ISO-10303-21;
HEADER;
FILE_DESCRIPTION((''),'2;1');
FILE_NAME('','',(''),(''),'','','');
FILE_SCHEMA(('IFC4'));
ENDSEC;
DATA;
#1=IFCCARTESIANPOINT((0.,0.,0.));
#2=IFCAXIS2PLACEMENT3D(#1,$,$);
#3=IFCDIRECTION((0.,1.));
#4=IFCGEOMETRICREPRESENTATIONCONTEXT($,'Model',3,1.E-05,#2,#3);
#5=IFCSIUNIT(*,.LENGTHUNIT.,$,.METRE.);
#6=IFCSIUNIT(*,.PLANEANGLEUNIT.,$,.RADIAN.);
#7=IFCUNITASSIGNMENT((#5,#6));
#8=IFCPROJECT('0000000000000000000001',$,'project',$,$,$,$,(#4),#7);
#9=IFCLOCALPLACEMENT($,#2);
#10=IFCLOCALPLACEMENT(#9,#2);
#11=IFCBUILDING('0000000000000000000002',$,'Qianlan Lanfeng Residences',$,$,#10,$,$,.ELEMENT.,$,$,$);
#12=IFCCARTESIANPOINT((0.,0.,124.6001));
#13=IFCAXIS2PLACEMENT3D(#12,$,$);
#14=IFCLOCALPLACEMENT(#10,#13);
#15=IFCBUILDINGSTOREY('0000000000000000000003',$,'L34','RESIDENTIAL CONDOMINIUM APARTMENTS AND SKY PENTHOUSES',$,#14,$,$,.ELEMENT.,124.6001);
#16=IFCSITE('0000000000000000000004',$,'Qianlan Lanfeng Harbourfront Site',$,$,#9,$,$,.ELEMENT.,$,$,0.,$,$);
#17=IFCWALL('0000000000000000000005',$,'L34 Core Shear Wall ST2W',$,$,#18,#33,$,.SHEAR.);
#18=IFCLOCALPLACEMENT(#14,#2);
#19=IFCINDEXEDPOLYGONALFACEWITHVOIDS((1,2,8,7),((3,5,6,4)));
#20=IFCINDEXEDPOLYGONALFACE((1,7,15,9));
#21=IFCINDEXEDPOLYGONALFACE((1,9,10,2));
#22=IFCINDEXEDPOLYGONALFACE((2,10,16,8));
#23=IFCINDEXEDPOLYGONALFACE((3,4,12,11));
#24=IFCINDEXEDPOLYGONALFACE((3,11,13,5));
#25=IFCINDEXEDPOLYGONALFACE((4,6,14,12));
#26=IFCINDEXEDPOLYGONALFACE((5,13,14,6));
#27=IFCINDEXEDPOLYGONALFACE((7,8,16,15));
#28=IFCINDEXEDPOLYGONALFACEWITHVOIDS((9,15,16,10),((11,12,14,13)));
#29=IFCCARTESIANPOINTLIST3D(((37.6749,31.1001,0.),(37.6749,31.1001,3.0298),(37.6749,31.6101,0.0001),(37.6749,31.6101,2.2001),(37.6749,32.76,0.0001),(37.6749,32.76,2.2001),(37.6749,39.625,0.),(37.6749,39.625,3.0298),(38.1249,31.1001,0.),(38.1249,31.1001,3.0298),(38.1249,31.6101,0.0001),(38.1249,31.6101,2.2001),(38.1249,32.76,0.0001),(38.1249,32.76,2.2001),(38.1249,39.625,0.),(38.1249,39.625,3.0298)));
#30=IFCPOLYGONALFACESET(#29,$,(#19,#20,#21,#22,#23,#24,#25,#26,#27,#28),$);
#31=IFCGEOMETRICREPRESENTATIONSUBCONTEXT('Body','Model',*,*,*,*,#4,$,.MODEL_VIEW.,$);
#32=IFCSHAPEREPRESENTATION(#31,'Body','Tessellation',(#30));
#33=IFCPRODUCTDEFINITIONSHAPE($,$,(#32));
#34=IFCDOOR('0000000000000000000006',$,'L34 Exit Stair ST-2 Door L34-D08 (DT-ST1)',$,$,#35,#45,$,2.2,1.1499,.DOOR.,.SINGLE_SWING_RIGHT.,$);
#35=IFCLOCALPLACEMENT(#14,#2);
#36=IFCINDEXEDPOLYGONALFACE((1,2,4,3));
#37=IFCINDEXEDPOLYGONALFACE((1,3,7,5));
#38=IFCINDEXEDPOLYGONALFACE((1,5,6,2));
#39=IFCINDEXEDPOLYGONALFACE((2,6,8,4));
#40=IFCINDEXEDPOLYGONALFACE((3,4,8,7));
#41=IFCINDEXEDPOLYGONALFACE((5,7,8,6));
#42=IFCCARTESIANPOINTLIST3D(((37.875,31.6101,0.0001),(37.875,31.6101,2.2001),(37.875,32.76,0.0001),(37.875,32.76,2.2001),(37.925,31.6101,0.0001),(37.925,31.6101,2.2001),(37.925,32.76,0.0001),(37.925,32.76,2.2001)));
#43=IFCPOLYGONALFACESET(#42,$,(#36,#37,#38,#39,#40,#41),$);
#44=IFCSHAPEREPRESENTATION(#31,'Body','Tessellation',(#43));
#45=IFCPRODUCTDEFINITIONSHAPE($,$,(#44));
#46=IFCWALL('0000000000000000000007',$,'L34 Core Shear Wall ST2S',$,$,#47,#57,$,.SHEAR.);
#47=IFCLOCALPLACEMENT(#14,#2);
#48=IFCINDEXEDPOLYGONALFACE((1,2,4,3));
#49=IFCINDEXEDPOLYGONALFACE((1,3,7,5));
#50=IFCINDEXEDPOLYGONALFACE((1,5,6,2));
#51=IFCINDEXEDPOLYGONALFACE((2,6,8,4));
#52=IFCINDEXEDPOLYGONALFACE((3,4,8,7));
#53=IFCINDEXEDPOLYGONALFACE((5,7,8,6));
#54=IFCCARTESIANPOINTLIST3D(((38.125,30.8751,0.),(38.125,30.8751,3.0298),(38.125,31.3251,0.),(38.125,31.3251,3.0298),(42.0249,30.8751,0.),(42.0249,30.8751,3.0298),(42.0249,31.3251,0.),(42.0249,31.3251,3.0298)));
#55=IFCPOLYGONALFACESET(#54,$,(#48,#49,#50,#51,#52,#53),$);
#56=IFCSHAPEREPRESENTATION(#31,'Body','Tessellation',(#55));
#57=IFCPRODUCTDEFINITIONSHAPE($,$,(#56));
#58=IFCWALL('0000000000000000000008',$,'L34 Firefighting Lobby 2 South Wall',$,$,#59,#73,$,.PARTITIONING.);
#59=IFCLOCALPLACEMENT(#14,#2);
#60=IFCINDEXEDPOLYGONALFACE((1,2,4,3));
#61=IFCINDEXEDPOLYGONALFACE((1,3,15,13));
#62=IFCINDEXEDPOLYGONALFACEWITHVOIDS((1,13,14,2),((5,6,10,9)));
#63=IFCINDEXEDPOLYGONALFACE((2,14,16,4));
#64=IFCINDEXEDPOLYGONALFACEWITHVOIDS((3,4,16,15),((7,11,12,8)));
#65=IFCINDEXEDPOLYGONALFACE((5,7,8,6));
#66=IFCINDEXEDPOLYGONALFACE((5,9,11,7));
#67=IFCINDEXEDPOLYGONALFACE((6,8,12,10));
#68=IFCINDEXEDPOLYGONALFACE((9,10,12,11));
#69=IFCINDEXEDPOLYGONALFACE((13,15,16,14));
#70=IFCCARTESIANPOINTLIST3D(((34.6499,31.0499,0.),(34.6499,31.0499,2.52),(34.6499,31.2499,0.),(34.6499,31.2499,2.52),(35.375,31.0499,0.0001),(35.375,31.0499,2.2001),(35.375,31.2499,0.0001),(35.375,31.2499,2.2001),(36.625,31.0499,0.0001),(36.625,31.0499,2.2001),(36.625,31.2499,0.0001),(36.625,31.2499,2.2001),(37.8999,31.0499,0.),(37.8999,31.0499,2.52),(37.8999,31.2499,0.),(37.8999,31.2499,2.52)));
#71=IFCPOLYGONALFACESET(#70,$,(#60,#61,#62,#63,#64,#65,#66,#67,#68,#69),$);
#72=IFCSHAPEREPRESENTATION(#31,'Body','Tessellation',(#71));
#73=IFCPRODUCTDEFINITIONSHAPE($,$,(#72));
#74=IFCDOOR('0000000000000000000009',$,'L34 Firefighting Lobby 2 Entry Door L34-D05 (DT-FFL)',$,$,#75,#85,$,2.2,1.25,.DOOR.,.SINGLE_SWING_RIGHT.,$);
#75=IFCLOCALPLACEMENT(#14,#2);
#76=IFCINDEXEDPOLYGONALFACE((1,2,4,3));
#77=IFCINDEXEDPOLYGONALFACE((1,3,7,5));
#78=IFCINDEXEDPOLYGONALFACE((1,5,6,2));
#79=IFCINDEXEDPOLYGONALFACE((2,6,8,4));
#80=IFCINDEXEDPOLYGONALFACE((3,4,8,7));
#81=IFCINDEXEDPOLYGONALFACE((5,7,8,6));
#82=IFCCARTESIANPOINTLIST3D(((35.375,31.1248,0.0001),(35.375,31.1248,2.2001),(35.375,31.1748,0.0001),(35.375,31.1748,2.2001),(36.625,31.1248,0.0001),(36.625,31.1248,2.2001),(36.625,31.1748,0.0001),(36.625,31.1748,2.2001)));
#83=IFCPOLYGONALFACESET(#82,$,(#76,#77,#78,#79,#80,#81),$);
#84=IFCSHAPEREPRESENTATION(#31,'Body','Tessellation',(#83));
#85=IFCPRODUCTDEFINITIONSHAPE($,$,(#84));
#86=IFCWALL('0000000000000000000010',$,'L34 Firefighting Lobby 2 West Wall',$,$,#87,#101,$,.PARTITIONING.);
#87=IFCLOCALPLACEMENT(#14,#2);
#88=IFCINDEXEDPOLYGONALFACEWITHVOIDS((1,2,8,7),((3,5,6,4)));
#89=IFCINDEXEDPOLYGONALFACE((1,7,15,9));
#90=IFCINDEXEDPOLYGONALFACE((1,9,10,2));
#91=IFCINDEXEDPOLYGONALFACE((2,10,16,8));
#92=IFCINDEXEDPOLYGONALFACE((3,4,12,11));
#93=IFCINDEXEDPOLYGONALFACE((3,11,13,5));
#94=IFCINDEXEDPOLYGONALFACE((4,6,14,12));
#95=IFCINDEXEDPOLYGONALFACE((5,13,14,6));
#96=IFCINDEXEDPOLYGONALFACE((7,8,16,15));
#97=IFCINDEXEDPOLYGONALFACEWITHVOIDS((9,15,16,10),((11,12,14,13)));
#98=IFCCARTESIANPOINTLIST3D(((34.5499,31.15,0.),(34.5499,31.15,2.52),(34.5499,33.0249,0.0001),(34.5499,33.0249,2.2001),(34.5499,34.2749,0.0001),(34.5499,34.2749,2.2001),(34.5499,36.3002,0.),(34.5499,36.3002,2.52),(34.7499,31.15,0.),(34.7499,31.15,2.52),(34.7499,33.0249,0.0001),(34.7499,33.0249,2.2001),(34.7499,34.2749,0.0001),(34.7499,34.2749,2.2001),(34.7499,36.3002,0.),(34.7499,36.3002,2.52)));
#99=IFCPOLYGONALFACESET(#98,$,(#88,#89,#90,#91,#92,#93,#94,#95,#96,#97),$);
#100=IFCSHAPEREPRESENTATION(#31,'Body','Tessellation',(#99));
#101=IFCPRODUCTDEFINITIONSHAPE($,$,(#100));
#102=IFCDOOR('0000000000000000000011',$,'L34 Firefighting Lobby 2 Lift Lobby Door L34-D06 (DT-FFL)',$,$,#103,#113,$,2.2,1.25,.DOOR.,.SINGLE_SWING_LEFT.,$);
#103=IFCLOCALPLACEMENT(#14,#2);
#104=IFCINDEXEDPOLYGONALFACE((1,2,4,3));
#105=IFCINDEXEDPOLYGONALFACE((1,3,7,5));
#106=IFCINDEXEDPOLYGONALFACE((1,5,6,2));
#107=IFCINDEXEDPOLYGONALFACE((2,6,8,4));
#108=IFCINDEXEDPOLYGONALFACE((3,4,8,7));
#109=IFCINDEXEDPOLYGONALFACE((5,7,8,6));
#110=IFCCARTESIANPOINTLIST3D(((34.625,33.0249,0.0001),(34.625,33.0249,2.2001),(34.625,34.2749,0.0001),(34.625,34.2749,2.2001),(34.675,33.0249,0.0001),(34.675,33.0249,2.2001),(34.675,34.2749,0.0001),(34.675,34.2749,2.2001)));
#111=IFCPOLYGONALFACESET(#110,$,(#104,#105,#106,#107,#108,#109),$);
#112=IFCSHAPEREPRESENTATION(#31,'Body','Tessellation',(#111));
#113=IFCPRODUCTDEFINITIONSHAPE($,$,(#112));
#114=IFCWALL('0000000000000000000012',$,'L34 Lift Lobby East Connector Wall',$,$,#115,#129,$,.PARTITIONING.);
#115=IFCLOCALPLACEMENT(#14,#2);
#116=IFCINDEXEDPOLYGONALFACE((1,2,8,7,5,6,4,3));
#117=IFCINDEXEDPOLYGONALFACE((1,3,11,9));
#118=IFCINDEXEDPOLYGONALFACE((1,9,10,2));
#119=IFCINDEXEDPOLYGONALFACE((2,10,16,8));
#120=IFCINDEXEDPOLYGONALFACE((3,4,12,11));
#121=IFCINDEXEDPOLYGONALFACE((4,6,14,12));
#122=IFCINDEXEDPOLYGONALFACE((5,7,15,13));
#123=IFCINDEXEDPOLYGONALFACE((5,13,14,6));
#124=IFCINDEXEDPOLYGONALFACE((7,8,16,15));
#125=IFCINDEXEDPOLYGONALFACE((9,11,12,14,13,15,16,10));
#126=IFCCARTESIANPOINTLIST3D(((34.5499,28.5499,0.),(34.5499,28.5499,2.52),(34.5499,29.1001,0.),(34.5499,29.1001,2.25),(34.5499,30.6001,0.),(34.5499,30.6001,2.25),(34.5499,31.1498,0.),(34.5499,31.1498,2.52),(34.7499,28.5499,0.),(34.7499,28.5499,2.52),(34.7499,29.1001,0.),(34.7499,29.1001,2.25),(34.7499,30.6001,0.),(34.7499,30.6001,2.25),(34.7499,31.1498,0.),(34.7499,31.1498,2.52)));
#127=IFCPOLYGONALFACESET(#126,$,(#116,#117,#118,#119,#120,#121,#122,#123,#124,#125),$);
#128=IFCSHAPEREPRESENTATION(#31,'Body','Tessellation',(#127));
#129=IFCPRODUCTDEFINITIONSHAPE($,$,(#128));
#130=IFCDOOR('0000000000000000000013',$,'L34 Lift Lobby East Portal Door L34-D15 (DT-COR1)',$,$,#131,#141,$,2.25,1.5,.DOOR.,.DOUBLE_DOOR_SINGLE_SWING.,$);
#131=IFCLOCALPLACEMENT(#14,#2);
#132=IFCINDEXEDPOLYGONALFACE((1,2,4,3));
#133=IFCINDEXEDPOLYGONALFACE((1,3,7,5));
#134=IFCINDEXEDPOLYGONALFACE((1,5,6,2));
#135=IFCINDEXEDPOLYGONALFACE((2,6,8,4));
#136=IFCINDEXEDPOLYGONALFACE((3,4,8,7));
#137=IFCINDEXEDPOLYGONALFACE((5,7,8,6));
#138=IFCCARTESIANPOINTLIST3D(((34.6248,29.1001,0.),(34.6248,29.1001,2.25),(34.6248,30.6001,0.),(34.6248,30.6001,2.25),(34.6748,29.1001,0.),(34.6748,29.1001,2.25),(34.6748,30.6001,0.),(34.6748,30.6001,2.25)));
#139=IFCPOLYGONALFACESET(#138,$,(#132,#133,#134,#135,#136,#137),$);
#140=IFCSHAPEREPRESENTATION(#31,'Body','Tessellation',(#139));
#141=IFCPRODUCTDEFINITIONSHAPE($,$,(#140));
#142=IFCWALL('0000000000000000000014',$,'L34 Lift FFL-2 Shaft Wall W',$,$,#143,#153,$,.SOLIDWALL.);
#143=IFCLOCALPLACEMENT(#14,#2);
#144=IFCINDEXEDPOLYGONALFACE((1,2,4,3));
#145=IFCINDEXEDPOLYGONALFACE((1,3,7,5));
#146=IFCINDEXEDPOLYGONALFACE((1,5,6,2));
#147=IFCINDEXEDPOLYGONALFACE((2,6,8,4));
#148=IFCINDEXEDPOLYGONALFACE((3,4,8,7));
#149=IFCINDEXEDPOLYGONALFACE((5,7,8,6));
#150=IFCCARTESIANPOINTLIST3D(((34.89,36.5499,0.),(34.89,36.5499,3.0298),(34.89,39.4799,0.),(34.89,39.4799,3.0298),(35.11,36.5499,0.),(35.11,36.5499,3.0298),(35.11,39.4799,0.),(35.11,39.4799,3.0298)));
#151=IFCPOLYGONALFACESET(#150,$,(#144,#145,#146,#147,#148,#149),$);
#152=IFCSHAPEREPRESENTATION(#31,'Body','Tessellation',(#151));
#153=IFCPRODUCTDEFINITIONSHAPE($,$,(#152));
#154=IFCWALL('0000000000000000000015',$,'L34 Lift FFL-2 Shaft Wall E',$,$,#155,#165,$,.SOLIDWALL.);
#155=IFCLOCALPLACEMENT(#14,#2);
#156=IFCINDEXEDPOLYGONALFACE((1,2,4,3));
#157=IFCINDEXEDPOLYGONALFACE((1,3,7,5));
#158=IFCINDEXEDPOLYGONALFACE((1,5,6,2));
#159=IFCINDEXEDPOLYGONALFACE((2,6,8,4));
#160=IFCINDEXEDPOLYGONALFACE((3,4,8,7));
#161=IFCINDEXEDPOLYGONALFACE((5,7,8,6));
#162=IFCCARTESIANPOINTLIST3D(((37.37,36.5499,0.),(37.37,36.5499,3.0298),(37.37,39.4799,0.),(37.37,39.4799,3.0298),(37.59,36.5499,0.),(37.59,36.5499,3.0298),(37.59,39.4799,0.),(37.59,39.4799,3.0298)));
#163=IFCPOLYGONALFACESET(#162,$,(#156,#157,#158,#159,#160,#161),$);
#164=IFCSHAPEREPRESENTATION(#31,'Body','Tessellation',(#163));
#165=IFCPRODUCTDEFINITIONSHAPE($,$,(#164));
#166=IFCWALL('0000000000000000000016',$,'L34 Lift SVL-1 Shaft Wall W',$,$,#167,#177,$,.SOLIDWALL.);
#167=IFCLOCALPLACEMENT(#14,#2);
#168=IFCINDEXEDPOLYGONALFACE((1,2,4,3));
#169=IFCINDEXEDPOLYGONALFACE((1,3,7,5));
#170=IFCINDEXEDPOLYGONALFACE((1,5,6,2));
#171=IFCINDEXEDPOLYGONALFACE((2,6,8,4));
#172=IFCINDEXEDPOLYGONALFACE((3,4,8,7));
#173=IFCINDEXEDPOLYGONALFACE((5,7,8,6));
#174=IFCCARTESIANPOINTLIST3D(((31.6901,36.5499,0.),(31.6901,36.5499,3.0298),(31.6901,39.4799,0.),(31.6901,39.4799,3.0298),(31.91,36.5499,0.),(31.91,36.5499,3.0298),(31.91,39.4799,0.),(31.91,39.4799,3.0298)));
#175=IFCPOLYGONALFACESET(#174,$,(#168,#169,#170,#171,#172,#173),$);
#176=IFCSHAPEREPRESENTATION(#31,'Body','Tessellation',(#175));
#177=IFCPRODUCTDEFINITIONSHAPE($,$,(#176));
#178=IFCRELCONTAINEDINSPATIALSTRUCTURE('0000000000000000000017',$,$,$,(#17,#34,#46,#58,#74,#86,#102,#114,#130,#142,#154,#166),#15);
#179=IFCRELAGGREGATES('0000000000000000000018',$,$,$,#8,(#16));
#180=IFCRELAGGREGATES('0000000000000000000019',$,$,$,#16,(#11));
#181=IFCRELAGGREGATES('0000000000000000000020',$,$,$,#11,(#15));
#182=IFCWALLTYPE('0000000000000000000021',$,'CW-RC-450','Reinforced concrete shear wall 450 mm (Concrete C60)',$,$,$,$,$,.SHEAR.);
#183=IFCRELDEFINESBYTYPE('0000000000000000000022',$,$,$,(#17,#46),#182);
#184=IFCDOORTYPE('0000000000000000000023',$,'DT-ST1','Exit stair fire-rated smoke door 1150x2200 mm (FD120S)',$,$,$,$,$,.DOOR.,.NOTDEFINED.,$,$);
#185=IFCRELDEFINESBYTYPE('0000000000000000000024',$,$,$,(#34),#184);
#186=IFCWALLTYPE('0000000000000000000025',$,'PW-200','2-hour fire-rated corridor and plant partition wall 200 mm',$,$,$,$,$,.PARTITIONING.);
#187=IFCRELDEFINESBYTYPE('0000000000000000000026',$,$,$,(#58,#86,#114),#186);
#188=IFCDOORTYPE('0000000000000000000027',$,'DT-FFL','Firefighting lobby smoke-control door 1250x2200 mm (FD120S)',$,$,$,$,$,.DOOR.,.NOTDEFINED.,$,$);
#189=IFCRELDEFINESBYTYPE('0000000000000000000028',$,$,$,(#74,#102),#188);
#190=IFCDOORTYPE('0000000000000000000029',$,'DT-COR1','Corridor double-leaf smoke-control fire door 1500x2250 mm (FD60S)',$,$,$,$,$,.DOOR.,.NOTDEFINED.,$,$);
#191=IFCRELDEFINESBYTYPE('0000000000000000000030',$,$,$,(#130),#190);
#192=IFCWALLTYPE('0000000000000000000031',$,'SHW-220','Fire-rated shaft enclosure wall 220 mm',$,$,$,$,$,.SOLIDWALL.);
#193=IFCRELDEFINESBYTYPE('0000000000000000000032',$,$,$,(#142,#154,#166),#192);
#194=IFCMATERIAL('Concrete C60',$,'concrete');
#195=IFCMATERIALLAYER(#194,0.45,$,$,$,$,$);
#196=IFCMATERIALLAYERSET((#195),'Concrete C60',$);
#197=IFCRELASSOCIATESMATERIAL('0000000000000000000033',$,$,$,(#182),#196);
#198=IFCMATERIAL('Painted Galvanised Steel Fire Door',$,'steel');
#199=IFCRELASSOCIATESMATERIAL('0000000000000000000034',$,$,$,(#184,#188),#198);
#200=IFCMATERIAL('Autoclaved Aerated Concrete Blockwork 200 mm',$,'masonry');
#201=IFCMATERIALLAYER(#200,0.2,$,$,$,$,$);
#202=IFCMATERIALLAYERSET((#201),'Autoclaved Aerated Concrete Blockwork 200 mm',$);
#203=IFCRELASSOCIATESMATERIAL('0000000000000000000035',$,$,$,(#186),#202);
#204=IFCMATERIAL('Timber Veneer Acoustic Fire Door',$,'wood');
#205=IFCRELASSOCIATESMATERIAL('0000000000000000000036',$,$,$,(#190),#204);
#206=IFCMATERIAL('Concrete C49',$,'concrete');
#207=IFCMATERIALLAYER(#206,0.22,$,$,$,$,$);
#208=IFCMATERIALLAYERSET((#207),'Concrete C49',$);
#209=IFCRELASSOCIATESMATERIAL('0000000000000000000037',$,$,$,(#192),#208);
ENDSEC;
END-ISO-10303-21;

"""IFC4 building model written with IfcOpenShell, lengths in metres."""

from ifc_helpers import new_model, si_unit, direction, frame, frame_2d, origin, place, context, subcontext, project, spatial, rectangle, extrude, material, layer, layer_set, type_object, element, fill, save


model = new_model("IFC4")

# Units and contexts
model_context = context("Model", 3, precision=1e-05, world=origin(), true_north=direction((0.0, 1.0)))
body_context = subcontext(model_context, "Body", "Model", "MODEL_VIEW")
ifc_project = project(units=[si_unit("LENGTHUNIT", "METRE"), si_unit("PLANEANGLEUNIT", "RADIAN")], contexts=[model_context])

# Site, building, storey
site_placement = place(None, origin())
site = spatial("IfcSite", under=ifc_project, at=site_placement, Name="Qianlan Lanfeng Harbourfront Site", CompositionType="ELEMENT", RefElevation=0.0)
building_placement = place(site_placement, origin())
building = spatial("IfcBuilding", under=site, at=building_placement, Name="Qianlan Lanfeng Residences", CompositionType="ELEMENT")
storey_placement = place(building_placement, frame((0.0, 0.0, 124.6001)))
storey = spatial("IfcBuildingStorey", under=building, at=storey_placement, Name="L34", Description="RESIDENTIAL CONDOMINIUM APARTMENTS AND SKY PENTHOUSES", CompositionType="ELEMENT", Elevation=124.6001)

# Wall, opening, door
ifc_material_1 = material(Name="Concrete C60", Category="concrete")
ifc_layer_1 = layer(ifc_material_1, 0.45)
ifc_layer_set_1 = layer_set([ifc_layer_1], Name="Concrete C60")
wall_type_1 = type_object("IfcWallType", Name="CW-RC-450", Description="Reinforced concrete shear wall 450 mm (Concrete C60)", PredefinedType="SHEAR", material=ifc_layer_set_1)
wall_1_placement = place(storey_placement, frame((37.8999, 31.1001, 0.0), z_axis=(0.0, 0.0, 1.0), x_axis=(0.0, 1.0, 0.0)))
wall_1 = element("IfcWall", 1, at=wall_1_placement, inside=storey, type_object=wall_type_1, Name="L34 Core Shear Wall ST2W", PredefinedType="SHEAR", context=body_context, shape_type="SweptSolid", body=[
    extrude(rectangle(XDim=8.5249, YDim=0.45, at=frame_2d((4.2625, 0.0))), origin(), (0.0, 0.0, 1.0), 3.0298),
])
opening_1_placement = place(wall_1_placement, frame((0.51, 0.0, 0.0)))
opening_1 = element("IfcOpeningElement", 2, at=opening_1_placement, cuts=wall_1, PredefinedType="OPENING", context=body_context, shape_type="SweptSolid", body=[
    extrude(rectangle(XDim=1.1499, YDim=2.2, at=frame_2d((0.575, 1.1001))), frame((0.0, 0.2349, 0.0), z_axis=(0.0, -1.0, 0.0), x_axis=(1.0, 0.0, 0.0)), (0.0, 0.0, 1.0), 0.47),
])
ifc_material_2 = material(Name="Painted Galvanised Steel Fire Door", Category="steel")
door_type_1 = type_object("IfcDoorType", Name="DT-ST1", Description="Exit stair fire-rated smoke door 1150x2200 mm (FD120S)", OperationType="NOTDEFINED", PredefinedType="DOOR", material=ifc_material_2)
door_1_placement = place(opening_1_placement, origin())
door_1 = element("IfcDoor", 3, at=door_1_placement, inside=storey, type_object=door_type_1, Name="L34 Exit Stair ST-2 Door L34-D08 (DT-ST1)", OperationType="SINGLE_SWING_RIGHT", OverallHeight=2.2, OverallWidth=1.1499, PredefinedType="DOOR", context=body_context, shape_type="SweptSolid", body=[
    extrude(rectangle(XDim=1.1499, YDim=2.2, at=frame_2d((0.575, 1.1001))), frame((0.0, 0.0249, 0.0), z_axis=(0.0, -1.0, 0.0), x_axis=(1.0, 0.0, 0.0)), (0.0, 0.0, 1.0), 0.05),
])
fill(opening_1, door_1)

# Wall
wall_2_placement = place(storey_placement, frame((38.125, 31.1001, 0.0), z_axis=(0.0, 0.0, 1.0), x_axis=(1.0, 0.0, 0.0)))
element("IfcWall", 4, at=wall_2_placement, inside=storey, type_object=wall_type_1, Name="L34 Core Shear Wall ST2S", PredefinedType="SHEAR", context=body_context, shape_type="SweptSolid", body=[
    extrude(rectangle(XDim=3.8999, YDim=0.45, at=frame_2d((1.95, 0.0))), origin(), (0.0, 0.0, 1.0), 3.0298),
])

# Walls, openings, doors
ifc_material_3 = material(Name="Autoclaved Aerated Concrete Blockwork 200 mm", Category="masonry")
ifc_layer_2 = layer(ifc_material_3, 0.2)
ifc_layer_set_2 = layer_set([ifc_layer_2], Name="Autoclaved Aerated Concrete Blockwork 200 mm")
wall_type_2 = type_object("IfcWallType", Name="PW-200", Description="2-hour fire-rated corridor and plant partition wall 200 mm", PredefinedType="PARTITIONING", material=ifc_layer_set_2)
wall_3_placement = place(storey_placement, frame((34.6499, 31.1499, 0.0), z_axis=(0.0, 0.0, 1.0), x_axis=(1.0, 0.0, 0.0)))
wall_3 = element("IfcWall", 5, at=wall_3_placement, inside=storey, type_object=wall_type_2, Name="L34 Firefighting Lobby 2 South Wall", PredefinedType="PARTITIONING", context=body_context, shape_type="SweptSolid", body=[
    extrude(rectangle(XDim=3.25, YDim=0.2, at=frame_2d((1.625, 0.0))), origin(), (0.0, 0.0, 1.0), 2.52),
])
opening_2_placement = place(wall_3_placement, frame((0.7251, 0.0, 0.0)))
opening_2 = element("IfcOpeningElement", 6, at=opening_2_placement, cuts=wall_3, PredefinedType="OPENING", context=body_context, shape_type="SweptSolid", body=[
    extrude(rectangle(XDim=1.25, YDim=2.2, at=frame_2d((0.625, 1.1001))), frame((0.0, 0.1099, 0.0), z_axis=(0.0, -1.0, 0.0), x_axis=(1.0, 0.0, 0.0)), (0.0, 0.0, 1.0), 0.22),
])
door_type_2 = type_object("IfcDoorType", Name="DT-FFL", Description="Firefighting lobby smoke-control door 1250x2200 mm (FD120S)", OperationType="NOTDEFINED", PredefinedType="DOOR", material=ifc_material_2)
door_2_placement = place(opening_2_placement, origin())
door_2 = element("IfcDoor", 7, at=door_2_placement, inside=storey, type_object=door_type_2, Name="L34 Firefighting Lobby 2 Entry Door L34-D05 (DT-FFL)", OperationType="SINGLE_SWING_RIGHT", OverallHeight=2.2, OverallWidth=1.25, PredefinedType="DOOR", context=body_context, shape_type="SweptSolid", body=[
    extrude(rectangle(XDim=1.25, YDim=2.2, at=frame_2d((0.625, 1.1001))), frame((0.0, 0.0249, 0.0), z_axis=(0.0, -1.0, 0.0), x_axis=(1.0, 0.0, 0.0)), (0.0, 0.0, 1.0), 0.05),
])
fill(opening_2, door_2)
wall_4_placement = place(storey_placement, frame((34.6499, 31.1499, 0.0), z_axis=(0.0, 0.0, 1.0), x_axis=(0.0, 1.0, 0.0)))
wall_4 = element("IfcWall", 8, at=wall_4_placement, inside=storey, type_object=wall_type_2, Name="L34 Firefighting Lobby 2 West Wall", PredefinedType="PARTITIONING", context=body_context, shape_type="SweptSolid", body=[
    extrude(rectangle(XDim=5.1501, YDim=0.2, at=frame_2d((2.5752, 0.0))), origin(), (0.0, 0.0, 1.0), 2.52),
])
opening_3_placement = place(wall_4_placement, frame((1.875, 0.0, 0.0)))
opening_3 = element("IfcOpeningElement", 9, at=opening_3_placement, cuts=wall_4, PredefinedType="OPENING", context=body_context, shape_type="SweptSolid", body=[
    extrude(rectangle(XDim=1.25, YDim=2.2, at=frame_2d((0.625, 1.1001))), frame((0.0, 0.1099, 0.0), z_axis=(0.0, -1.0, 0.0), x_axis=(1.0, 0.0, 0.0)), (0.0, 0.0, 1.0), 0.22),
])
door_3_placement = place(opening_3_placement, origin())
door_3 = element("IfcDoor", 10, at=door_3_placement, inside=storey, type_object=door_type_2, Name="L34 Firefighting Lobby 2 Lift Lobby Door L34-D06 (DT-FFL)", OperationType="SINGLE_SWING_LEFT", OverallHeight=2.2, OverallWidth=1.25, PredefinedType="DOOR", context=body_context, shape_type="SweptSolid", body=[
    extrude(rectangle(XDim=1.25, YDim=2.2, at=frame_2d((0.625, 1.1001))), frame((0.0, 0.0249, 0.0), z_axis=(0.0, -1.0, 0.0), x_axis=(1.0, 0.0, 0.0)), (0.0, 0.0, 1.0), 0.05),
])
fill(opening_3, door_3)
wall_5_placement = place(storey_placement, frame((34.6499, 28.55, 0.0), z_axis=(0.0, 0.0, 1.0), x_axis=(0.0, 1.0, 0.0)))
wall_5 = element("IfcWall", 11, at=wall_5_placement, inside=storey, type_object=wall_type_2, Name="L34 Lift Lobby East Connector Wall", PredefinedType="PARTITIONING", context=body_context, shape_type="SweptSolid", body=[
    extrude(rectangle(XDim=2.5999, YDim=0.2, at=frame_2d((1.2998, 0.0))), origin(), (0.0, 0.0, 1.0), 2.52),
])
opening_4_placement = place(wall_5_placement, frame((0.55, 0.0, 0.0)))
opening_4 = element("IfcOpeningElement", 12, at=opening_4_placement, cuts=wall_5, PredefinedType="OPENING", context=body_context, shape_type="SweptSolid", body=[
    extrude(rectangle(XDim=1.5, YDim=2.25, at=frame_2d((0.75, 1.125))), frame((0.0, 0.1099, 0.0), z_axis=(0.0, -1.0, 0.0), x_axis=(1.0, 0.0, 0.0)), (0.0, 0.0, 1.0), 0.22),
])
ifc_material_4 = material(Name="Timber Veneer Acoustic Fire Door", Category="wood")
door_type_3 = type_object("IfcDoorType", Name="DT-COR1", Description="Corridor double-leaf smoke-control fire door 1500x2250 mm (FD60S)", OperationType="NOTDEFINED", PredefinedType="DOOR", material=ifc_material_4)
door_4_placement = place(opening_4_placement, frame((1.5, 0.0, 0.0), z_axis=(0.0, 0.0, 1.0), x_axis=(-1.0, 0.0, 0.0)))
door_4 = element("IfcDoor", 13, at=door_4_placement, inside=storey, type_object=door_type_3, Name="L34 Lift Lobby East Portal Door L34-D15 (DT-COR1)", OperationType="DOUBLE_DOOR_SINGLE_SWING", OverallHeight=2.25, OverallWidth=1.5, PredefinedType="DOOR", context=body_context, shape_type="SweptSolid", body=[
    extrude(rectangle(XDim=1.5, YDim=2.25, at=frame_2d((0.75, 1.125))), frame((0.0, 0.0249, 0.0), z_axis=(0.0, -1.0, 0.0), x_axis=(1.0, 0.0, 0.0)), (0.0, 0.0, 1.0), 0.05),
])
fill(opening_4, door_4)

# Walls
ifc_material_5 = material(Name="Concrete C49", Category="concrete")
ifc_layer_3 = layer(ifc_material_5, 0.22)
ifc_layer_set_3 = layer_set([ifc_layer_3], Name="Concrete C49")
wall_type_3 = type_object("IfcWallType", Name="SHW-220", Description="Fire-rated shaft enclosure wall 220 mm", PredefinedType="SOLIDWALL", material=ifc_layer_set_3)
for number, where, z_axis, x_axis, name in (
    (14, (35.0, 36.55, 0.0), (0.0, 0.0, 1.0), (0.0, 1.0, 0.0), "L34 Lift FFL-2 Shaft Wall W"),
    (15, (37.48, 36.55, 0.0), (0.0, 0.0, 1.0), (0.0, 1.0, 0.0), "L34 Lift FFL-2 Shaft Wall E"),
    (16, (31.8, 36.55, 0.0), (0.0, 0.0, 1.0), (0.0, 1.0, 0.0), "L34 Lift SVL-1 Shaft Wall W"),
):
    element("IfcWall", number, at=place(storey_placement, frame(where, z_axis=z_axis, x_axis=x_axis)), inside=storey, type_object=wall_type_3, Name=name, PredefinedType="SOLIDWALL", context=body_context, shape_type="SweptSolid", body=[
        extrude(rectangle(XDim=2.9299, YDim=0.22, at=frame_2d((1.4648, 0.0))), origin(), (0.0, 0.0, 1.0), 3.0298),
    ])

save(model, "model.ifc")
